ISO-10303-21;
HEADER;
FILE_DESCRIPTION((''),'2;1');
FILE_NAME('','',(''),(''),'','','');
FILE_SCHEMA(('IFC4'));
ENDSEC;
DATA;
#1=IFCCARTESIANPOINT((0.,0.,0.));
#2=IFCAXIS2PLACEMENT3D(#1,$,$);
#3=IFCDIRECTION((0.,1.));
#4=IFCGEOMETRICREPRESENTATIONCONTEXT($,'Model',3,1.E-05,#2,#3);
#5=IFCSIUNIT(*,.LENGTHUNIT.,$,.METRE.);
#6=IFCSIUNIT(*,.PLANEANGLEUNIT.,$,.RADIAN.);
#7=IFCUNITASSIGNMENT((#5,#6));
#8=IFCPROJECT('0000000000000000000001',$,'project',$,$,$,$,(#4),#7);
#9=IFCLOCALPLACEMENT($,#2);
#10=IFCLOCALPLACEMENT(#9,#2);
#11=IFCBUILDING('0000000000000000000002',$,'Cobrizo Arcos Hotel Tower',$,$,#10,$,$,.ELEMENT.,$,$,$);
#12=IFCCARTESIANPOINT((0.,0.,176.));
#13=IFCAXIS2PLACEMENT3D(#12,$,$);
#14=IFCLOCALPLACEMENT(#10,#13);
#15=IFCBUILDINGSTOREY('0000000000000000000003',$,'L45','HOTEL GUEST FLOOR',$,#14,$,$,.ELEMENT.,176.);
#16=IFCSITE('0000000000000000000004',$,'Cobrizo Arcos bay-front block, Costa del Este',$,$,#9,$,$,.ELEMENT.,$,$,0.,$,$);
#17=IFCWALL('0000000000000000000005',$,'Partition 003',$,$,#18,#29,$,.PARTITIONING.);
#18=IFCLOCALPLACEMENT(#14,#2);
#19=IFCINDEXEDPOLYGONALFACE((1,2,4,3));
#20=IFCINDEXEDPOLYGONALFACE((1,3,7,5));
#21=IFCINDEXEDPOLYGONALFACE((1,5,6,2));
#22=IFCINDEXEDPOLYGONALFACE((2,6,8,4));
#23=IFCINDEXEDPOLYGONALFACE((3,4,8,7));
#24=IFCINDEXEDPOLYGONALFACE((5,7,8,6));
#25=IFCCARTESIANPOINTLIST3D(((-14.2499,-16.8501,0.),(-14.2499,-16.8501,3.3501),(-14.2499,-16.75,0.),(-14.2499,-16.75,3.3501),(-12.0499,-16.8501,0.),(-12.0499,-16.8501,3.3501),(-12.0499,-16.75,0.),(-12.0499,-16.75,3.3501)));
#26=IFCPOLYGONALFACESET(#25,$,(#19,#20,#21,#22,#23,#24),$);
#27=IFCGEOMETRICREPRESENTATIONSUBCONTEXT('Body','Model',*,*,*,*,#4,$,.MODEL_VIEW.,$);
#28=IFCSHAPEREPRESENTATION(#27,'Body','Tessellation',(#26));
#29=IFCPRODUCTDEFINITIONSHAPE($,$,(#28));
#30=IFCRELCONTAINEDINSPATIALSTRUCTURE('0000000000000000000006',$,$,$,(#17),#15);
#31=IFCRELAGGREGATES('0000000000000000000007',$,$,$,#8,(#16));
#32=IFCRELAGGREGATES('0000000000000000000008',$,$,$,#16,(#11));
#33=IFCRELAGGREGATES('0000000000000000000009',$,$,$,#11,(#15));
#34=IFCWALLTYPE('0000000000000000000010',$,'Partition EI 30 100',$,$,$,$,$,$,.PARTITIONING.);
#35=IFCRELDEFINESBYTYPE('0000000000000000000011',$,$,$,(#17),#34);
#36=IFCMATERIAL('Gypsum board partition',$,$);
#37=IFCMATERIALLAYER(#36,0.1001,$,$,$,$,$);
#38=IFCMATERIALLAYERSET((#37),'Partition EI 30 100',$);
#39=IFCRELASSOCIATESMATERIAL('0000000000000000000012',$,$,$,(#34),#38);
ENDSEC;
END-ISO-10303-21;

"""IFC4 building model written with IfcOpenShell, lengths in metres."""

from ifc_helpers import new_model, si_unit, direction, frame, frame_2d, origin, place, context, subcontext, project, spatial, rectangle, extrude, material, layer, layer_set, type_object, element, save


model = new_model("IFC4")

# Units and contexts
model_context = context("Model", 3, precision=1e-05, world=origin(), true_north=direction((0.0, 1.0)))
body_context = subcontext(model_context, "Body", "Model", "MODEL_VIEW")
ifc_project = project(units=[si_unit("LENGTHUNIT", "METRE"), si_unit("PLANEANGLEUNIT", "RADIAN")], contexts=[model_context])

# Site, building, storey
site_placement = place(None, origin())
site = spatial("IfcSite", under=ifc_project, at=site_placement, Name="Cobrizo Arcos bay-front block, Costa del Este", CompositionType="ELEMENT", RefElevation=0.0)
building_placement = place(site_placement, origin())
building = spatial("IfcBuilding", under=site, at=building_placement, Name="Cobrizo Arcos Hotel Tower", CompositionType="ELEMENT")
storey_placement = place(building_placement, frame((0.0, 0.0, 176.0)))
storey = spatial("IfcBuildingStorey", under=building, at=storey_placement, Name="L45", Description="HOTEL GUEST FLOOR", CompositionType="ELEMENT", Elevation=176.0)

# Shared definitions
ifc_material_1 = material(Name="Gypsum board partition")

# Wall
ifc_layer_1 = layer(ifc_material_1, 0.1001)
ifc_layer_set_1 = layer_set([ifc_layer_1], Name="Partition EI 30 100")
wall_type_1 = type_object("IfcWallType", Name="Partition EI 30 100", PredefinedType="PARTITIONING", material=ifc_layer_set_1)
wall_1_placement = place(storey_placement, frame((-14.25, -16.8, 0.0), z_axis=(0.0, 0.0, 1.0), x_axis=(1.0, 0.0, 0.0)))
element("IfcWall", 1, at=wall_1_placement, inside=storey, type_object=wall_type_1, Name="Partition 003", PredefinedType="PARTITIONING", context=body_context, shape_type="SweptSolid", body=[
    extrude(rectangle(XDim=2.2, YDim=0.1001, at=frame_2d((1.1001, 0.0))), origin(), (0.0, 0.0, 1.0), 3.3501),
])

save(model, "model.ifc")
